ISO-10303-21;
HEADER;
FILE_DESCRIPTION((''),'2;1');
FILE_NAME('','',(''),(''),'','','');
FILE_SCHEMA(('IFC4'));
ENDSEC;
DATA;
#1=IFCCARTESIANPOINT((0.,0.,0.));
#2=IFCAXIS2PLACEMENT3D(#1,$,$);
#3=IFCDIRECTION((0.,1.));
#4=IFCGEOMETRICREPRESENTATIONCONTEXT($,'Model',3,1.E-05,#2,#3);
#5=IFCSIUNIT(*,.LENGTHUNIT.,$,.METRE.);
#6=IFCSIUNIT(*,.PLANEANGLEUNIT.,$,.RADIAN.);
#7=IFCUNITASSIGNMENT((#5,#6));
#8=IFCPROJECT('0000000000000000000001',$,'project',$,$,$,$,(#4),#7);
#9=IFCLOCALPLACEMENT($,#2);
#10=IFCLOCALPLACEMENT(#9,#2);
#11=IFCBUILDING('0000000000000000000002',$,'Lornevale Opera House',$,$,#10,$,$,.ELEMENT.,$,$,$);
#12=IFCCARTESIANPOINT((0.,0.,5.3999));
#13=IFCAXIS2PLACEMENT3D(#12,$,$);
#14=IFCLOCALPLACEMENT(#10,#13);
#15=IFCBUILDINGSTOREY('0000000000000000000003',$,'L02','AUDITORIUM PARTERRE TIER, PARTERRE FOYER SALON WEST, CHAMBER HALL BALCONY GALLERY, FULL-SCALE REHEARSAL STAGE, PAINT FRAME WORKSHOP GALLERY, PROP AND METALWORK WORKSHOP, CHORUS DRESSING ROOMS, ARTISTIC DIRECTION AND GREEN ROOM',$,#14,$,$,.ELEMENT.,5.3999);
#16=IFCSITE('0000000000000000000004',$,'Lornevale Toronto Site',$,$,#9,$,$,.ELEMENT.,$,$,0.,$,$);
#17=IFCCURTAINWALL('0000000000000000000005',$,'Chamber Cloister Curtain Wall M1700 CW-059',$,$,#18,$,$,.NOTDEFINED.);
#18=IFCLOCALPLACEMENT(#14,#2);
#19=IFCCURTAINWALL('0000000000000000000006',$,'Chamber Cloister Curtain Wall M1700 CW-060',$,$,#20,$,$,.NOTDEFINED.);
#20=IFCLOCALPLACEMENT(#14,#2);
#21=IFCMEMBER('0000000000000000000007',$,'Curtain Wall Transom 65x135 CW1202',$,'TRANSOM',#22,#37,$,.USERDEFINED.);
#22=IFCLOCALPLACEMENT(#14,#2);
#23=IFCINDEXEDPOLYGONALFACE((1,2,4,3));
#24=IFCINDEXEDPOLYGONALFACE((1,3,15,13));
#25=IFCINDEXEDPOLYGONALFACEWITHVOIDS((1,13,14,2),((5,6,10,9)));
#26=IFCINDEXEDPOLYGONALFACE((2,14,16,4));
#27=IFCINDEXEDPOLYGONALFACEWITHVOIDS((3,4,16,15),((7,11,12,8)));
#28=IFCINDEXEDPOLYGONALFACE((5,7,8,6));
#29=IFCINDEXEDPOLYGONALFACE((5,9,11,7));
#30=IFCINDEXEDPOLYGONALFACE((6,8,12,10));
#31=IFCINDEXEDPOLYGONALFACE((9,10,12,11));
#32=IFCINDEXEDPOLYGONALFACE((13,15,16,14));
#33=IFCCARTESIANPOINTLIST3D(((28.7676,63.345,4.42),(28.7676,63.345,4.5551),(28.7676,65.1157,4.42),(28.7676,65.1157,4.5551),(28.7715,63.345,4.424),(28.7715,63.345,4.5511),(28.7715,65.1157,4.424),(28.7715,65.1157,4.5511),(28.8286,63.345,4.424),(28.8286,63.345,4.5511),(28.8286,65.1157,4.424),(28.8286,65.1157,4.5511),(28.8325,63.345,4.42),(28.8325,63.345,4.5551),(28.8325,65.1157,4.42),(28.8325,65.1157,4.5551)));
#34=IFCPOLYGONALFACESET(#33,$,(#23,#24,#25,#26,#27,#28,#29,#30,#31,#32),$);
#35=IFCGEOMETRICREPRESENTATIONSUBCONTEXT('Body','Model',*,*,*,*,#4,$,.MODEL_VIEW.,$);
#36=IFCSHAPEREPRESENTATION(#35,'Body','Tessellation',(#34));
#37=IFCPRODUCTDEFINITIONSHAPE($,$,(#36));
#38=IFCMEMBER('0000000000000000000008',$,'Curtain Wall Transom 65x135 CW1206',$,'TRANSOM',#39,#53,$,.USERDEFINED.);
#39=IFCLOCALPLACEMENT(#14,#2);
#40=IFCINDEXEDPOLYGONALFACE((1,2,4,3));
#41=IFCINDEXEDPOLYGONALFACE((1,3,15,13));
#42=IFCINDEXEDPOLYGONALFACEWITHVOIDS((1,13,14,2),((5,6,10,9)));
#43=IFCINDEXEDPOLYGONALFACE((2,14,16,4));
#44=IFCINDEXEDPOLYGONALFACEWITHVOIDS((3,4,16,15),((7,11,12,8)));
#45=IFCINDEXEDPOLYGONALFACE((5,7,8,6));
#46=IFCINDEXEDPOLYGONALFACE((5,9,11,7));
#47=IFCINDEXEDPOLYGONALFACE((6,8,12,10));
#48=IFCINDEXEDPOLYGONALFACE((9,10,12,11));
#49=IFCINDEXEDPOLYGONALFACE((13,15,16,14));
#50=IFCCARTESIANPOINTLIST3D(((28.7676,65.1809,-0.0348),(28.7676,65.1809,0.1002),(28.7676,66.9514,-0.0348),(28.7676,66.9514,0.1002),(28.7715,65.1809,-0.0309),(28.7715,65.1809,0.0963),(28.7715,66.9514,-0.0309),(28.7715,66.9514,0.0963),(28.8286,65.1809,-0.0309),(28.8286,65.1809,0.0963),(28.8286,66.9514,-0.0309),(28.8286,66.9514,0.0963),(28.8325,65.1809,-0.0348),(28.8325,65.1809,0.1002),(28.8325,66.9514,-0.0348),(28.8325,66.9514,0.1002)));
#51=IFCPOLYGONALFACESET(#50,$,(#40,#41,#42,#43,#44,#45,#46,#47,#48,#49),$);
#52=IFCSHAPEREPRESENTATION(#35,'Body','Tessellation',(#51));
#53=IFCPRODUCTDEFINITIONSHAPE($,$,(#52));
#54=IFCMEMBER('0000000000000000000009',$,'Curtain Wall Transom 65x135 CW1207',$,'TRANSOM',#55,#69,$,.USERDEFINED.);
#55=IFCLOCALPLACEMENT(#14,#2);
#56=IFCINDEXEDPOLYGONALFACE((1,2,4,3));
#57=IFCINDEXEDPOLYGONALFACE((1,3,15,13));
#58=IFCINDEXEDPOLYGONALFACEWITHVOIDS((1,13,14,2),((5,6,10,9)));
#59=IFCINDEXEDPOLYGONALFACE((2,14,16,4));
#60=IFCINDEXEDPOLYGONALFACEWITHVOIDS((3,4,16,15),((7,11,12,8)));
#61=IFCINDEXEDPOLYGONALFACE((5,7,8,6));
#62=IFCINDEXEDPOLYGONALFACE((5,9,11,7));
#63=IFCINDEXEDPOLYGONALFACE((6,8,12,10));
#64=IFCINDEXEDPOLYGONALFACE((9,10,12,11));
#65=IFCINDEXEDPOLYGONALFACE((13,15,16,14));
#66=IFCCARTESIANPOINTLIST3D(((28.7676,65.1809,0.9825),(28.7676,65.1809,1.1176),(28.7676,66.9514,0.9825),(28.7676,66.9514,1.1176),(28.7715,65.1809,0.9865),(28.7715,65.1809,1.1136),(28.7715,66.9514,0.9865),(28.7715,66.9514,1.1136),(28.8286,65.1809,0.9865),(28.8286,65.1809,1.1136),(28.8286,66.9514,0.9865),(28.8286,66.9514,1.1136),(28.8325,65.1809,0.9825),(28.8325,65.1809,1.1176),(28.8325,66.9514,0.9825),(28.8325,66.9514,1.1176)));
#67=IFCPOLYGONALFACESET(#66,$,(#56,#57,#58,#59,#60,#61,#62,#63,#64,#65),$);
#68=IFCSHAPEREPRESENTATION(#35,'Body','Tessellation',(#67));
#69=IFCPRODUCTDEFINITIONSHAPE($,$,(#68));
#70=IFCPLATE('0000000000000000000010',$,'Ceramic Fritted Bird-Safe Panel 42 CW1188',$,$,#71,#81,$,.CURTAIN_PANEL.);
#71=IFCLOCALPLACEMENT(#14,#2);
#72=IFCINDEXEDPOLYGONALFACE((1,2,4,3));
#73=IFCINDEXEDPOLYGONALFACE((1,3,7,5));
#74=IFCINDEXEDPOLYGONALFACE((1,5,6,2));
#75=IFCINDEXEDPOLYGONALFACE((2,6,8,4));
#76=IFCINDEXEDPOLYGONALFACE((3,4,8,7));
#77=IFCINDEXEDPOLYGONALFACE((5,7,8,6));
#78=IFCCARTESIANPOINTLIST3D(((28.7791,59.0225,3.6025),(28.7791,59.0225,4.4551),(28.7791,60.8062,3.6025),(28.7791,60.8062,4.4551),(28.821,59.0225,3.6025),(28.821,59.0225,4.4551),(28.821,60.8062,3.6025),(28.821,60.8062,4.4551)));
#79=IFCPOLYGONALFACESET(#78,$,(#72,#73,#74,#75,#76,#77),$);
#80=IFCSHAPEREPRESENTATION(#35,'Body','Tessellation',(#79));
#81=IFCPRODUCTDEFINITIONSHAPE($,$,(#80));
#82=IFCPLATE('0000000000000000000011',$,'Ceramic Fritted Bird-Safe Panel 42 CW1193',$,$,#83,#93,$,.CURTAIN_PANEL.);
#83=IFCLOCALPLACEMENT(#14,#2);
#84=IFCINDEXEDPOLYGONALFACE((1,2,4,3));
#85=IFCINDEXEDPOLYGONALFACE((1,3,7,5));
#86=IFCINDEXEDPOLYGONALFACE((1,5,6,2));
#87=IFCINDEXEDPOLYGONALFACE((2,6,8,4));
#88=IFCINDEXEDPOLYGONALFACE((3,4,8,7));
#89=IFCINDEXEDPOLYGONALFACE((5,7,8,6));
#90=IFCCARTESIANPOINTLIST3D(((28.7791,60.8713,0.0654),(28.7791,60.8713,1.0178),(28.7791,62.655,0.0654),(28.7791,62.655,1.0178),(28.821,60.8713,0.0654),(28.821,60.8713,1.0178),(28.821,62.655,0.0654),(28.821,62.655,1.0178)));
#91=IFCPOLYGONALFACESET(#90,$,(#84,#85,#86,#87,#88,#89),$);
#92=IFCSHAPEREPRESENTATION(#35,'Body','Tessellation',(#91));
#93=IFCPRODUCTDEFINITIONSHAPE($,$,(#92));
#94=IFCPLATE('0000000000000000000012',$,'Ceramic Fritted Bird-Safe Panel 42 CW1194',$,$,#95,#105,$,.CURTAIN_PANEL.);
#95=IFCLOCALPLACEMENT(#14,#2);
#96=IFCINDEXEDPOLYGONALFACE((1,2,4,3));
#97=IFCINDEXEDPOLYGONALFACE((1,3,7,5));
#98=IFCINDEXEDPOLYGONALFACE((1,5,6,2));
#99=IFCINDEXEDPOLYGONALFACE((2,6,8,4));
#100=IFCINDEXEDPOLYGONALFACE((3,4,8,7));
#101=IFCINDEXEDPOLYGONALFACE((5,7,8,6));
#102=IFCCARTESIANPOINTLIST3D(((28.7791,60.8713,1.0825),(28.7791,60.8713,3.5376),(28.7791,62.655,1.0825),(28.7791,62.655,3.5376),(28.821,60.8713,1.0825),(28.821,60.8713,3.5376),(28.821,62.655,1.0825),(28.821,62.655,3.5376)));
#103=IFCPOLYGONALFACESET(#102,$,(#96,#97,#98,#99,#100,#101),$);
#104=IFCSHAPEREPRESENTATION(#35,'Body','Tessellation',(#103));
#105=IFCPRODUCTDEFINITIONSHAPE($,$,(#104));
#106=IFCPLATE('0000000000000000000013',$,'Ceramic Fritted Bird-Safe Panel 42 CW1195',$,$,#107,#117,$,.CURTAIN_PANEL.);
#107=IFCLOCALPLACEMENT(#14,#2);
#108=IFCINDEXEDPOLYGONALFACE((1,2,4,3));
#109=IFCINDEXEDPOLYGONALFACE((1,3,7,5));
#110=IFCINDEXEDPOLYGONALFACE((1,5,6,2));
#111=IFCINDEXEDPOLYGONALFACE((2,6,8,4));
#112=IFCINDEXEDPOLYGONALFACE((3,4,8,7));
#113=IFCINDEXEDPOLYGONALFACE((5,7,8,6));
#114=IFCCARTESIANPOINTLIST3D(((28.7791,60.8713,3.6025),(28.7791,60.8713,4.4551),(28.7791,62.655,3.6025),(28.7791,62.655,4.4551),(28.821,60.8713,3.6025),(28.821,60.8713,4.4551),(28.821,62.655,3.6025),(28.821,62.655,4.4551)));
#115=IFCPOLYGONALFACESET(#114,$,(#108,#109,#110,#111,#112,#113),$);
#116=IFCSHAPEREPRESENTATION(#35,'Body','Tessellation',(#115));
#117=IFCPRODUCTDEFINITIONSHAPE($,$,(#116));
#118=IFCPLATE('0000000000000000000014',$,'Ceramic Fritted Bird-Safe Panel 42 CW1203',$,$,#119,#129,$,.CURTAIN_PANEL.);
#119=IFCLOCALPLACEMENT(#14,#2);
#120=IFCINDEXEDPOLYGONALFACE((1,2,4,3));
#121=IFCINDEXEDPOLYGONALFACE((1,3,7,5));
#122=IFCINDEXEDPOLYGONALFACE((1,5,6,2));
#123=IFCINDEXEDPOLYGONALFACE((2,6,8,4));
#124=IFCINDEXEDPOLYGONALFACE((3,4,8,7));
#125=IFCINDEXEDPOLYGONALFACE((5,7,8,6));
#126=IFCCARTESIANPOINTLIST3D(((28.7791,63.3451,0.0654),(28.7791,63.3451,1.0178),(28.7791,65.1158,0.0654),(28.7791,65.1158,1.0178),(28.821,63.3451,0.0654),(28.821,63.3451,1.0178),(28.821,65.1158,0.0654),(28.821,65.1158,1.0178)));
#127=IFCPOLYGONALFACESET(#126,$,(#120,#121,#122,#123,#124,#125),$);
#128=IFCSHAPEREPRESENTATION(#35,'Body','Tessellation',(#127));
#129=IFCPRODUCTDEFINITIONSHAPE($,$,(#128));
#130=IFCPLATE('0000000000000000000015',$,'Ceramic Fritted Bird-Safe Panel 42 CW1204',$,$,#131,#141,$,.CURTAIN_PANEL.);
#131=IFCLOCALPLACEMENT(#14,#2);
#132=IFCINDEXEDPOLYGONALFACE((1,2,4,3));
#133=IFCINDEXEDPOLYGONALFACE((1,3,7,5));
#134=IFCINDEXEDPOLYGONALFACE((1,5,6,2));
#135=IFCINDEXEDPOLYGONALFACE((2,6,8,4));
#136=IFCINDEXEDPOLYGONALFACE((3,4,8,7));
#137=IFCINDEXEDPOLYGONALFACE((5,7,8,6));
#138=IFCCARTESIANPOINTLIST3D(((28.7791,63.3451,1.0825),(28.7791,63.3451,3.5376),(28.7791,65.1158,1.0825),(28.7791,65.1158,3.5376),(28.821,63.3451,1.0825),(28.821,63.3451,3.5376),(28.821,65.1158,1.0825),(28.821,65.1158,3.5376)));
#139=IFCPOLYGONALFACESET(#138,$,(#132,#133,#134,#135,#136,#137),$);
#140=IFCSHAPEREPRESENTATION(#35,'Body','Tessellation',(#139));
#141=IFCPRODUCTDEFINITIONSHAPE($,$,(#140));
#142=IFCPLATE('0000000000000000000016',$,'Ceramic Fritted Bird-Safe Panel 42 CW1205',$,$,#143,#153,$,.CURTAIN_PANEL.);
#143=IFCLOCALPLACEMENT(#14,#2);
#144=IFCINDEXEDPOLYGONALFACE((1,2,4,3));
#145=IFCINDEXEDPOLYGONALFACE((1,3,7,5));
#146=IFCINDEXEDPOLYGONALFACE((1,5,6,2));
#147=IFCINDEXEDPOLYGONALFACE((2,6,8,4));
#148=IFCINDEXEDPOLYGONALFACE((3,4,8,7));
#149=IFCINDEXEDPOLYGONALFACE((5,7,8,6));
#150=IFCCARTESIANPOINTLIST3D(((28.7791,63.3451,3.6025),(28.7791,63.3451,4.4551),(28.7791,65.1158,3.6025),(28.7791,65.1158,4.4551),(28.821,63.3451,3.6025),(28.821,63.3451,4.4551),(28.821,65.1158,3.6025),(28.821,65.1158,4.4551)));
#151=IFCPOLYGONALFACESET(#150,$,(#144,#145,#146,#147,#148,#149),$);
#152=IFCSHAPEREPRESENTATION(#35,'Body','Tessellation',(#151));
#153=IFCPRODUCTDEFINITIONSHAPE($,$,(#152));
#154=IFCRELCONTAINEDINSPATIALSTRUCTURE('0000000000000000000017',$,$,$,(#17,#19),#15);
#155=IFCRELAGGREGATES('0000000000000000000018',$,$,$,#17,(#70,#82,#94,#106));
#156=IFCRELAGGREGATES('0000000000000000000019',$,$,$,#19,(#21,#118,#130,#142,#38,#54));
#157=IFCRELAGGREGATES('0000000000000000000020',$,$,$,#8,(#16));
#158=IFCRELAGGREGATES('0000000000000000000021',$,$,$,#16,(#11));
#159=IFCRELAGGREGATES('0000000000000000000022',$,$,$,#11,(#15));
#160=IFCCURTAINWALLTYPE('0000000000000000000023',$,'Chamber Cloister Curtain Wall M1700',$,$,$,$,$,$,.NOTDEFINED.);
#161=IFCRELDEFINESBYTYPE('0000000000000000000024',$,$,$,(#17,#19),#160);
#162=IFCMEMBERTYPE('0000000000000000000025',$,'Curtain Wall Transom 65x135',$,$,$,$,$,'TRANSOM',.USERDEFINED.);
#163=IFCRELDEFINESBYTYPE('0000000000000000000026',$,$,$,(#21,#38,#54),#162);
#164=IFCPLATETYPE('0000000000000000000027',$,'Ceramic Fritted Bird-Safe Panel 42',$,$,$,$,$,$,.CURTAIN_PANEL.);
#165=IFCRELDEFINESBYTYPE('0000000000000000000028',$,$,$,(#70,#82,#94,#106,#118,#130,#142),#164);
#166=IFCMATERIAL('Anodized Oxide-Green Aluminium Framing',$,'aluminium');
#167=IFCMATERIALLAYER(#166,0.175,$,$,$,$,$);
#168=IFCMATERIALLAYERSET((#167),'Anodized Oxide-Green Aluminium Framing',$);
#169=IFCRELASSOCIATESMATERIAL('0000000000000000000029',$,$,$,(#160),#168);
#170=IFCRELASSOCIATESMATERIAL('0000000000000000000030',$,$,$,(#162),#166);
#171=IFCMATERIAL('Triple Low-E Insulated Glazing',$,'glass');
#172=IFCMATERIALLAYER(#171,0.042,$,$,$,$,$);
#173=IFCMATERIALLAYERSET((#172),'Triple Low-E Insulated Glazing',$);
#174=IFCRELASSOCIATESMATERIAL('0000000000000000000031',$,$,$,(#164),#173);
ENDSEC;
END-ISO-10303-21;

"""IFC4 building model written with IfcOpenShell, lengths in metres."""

from ifc_helpers import new_model, si_unit, direction, frame, origin, origin_2d, place, context, subcontext, project, spatial, rectangle, hollow_rectangle, extrude, material, layer, layer_set, material_profile, profile_set, type_object, element, aggregate, save


model = new_model("IFC4")

# Units and contexts
model_context = context("Model", 3, precision=1e-05, world=origin(), true_north=direction((0.0, 1.0)))
body_context = subcontext(model_context, "Body", "Model", "MODEL_VIEW")
ifc_project = project(units=[si_unit("LENGTHUNIT", "METRE"), si_unit("PLANEANGLEUNIT", "RADIAN")], contexts=[model_context])

# Site, building, storey
site_placement = place(None, origin())
site = spatial("IfcSite", under=ifc_project, at=site_placement, Name="Lornevale Toronto Site", CompositionType="ELEMENT", RefElevation=0.0)
building_placement = place(site_placement, origin())
building = spatial("IfcBuilding", under=site, at=building_placement, Name="Lornevale Opera House", CompositionType="ELEMENT")
storey_placement = place(building_placement, frame((0.0, 0.0, 5.3999)))
storey = spatial("IfcBuildingStorey", under=building, at=storey_placement, Name="L02", Description="AUDITORIUM PARTERRE TIER, PARTERRE FOYER SALON WEST, CHAMBER HALL BALCONY GALLERY, FULL-SCALE REHEARSAL STAGE, PAINT FRAME WORKSHOP GALLERY, PROP AND METALWORK WORKSHOP, CHORUS DRESSING ROOMS, ARTISTIC DIRECTION AND GREEN ROOM", CompositionType="ELEMENT", Elevation=5.3999)

# Curtain walls
ifc_material_1 = material(Name="Anodized Oxide-Green Aluminium Framing", Category="aluminium")
ifc_layer_1 = layer(ifc_material_1, 0.175)
ifc_layer_set_1 = layer_set([ifc_layer_1], Name="Anodized Oxide-Green Aluminium Framing")
curtain_wall_type = type_object("IfcCurtainWallType", Name="Chamber Cloister Curtain Wall M1700", PredefinedType="NOTDEFINED", material=ifc_layer_set_1)
curtain_wall_1_placement = place(storey_placement, origin())
curtain_wall_1 = element("IfcCurtainWall", 1, at=curtain_wall_1_placement, inside=storey, type_object=curtain_wall_type, Name="Chamber Cloister Curtain Wall M1700 CW-059", PredefinedType="NOTDEFINED")
curtain_wall_2_placement = place(storey_placement, origin())
curtain_wall_2 = element("IfcCurtainWall", 2, at=curtain_wall_2_placement, inside=storey, type_object=curtain_wall_type, Name="Chamber Cloister Curtain Wall M1700 CW-060", PredefinedType="NOTDEFINED")

# Members
ifc_material_profile_1 = material_profile(ifc_material_1, hollow_rectangle(XDim=0.0649, YDim=0.135, WallThickness=0.0039, at=origin_2d()), Name="ALU65x135x4")
ifc_profile_set_1 = profile_set([ifc_material_profile_1], Name="Anodized Oxide-Green Aluminium Framing")
member_type_1 = type_object("IfcMemberType", Name="Curtain Wall Transom 65x135", ElementType="TRANSOM", PredefinedType="USERDEFINED", material=ifc_profile_set_1)
member_1_placement = place(storey_placement, frame((28.8, 63.345, 4.4875), z_axis=(0.0, 1.0, 0.0), x_axis=(-1.0, 0.0, 0.0)))
member_1 = element("IfcMember", 3, at=member_1_placement, type_object=member_type_1, Name="Curtain Wall Transom 65x135 CW1202", ObjectType="TRANSOM", PredefinedType="USERDEFINED", context=body_context, shape_type="SweptSolid", body=[
    extrude(hollow_rectangle(XDim=0.0649, YDim=0.135, WallThickness=0.0039, at=origin_2d()), origin(), (0.0, 0.0, 1.0), 1.7708),
])
member_2_placement = place(storey_placement, frame((28.8, 65.1809, 0.0327), z_axis=(0.0, 1.0, 0.0), x_axis=(-1.0, 0.0, 0.0)))
member_2 = element("IfcMember", 4, at=member_2_placement, type_object=member_type_1, Name="Curtain Wall Transom 65x135 CW1206", ObjectType="TRANSOM", PredefinedType="USERDEFINED", context=body_context, shape_type="SweptSolid", body=[
    extrude(hollow_rectangle(XDim=0.0649, YDim=0.135, WallThickness=0.0039, at=origin_2d()), origin(), (0.0, 0.0, 1.0), 1.7705),
])
member_3_placement = place(storey_placement, frame((28.8, 65.1809, 1.05), z_axis=(0.0, 1.0, 0.0), x_axis=(-1.0, 0.0, 0.0)))
member_3 = element("IfcMember", 5, at=member_3_placement, type_object=member_type_1, Name="Curtain Wall Transom 65x135 CW1207", ObjectType="TRANSOM", PredefinedType="USERDEFINED", context=body_context, shape_type="SweptSolid", body=[
    extrude(hollow_rectangle(XDim=0.0649, YDim=0.135, WallThickness=0.0039, at=origin_2d()), origin(), (0.0, 0.0, 1.0), 1.7705),
])

# Plates
ifc_material_2 = material(Name="Triple Low-E Insulated Glazing", Category="glass")
ifc_layer_2 = layer(ifc_material_2, 0.042)
ifc_layer_set_2 = layer_set([ifc_layer_2], Name="Triple Low-E Insulated Glazing")
plate_type = type_object("IfcPlateType", Name="Ceramic Fritted Bird-Safe Panel 42", PredefinedType="CURTAIN_PANEL", material=ifc_layer_set_2)
plate_1_placement = place(storey_placement, frame((28.8, 59.9143, 3.6025), z_axis=(0.0, 0.0, 1.0), x_axis=(0.0, 1.0, 0.0)))
plate_1 = element("IfcPlate", 6, at=plate_1_placement, type_object=plate_type, Name="Ceramic Fritted Bird-Safe Panel 42 CW1188", PredefinedType="CURTAIN_PANEL", context=body_context, shape_type="SweptSolid", body=[
    extrude(rectangle(XDim=1.7837, YDim=0.042, at=origin_2d()), origin(), (0.0, 0.0, 1.0), 0.8525),
])
plate_2_placement = place(storey_placement, frame((28.8, 61.7632, 0.0654), z_axis=(0.0, 0.0, 1.0), x_axis=(0.0, 1.0, 0.0)))
plate_2 = element("IfcPlate", 7, at=plate_2_placement, type_object=plate_type, Name="Ceramic Fritted Bird-Safe Panel 42 CW1193", PredefinedType="CURTAIN_PANEL", context=body_context, shape_type="SweptSolid", body=[
    extrude(rectangle(XDim=1.7837, YDim=0.042, at=origin_2d()), origin(), (0.0, 0.0, 1.0), 0.9524),
])
plate_3_placement = place(storey_placement, frame((28.8, 61.7632, 1.0825), z_axis=(0.0, 0.0, 1.0), x_axis=(0.0, 1.0, 0.0)))
plate_3 = element("IfcPlate", 8, at=plate_3_placement, type_object=plate_type, Name="Ceramic Fritted Bird-Safe Panel 42 CW1194", PredefinedType="CURTAIN_PANEL", context=body_context, shape_type="SweptSolid", body=[
    extrude(rectangle(XDim=1.7837, YDim=0.042, at=origin_2d()), origin(), (0.0, 0.0, 1.0), 2.4551),
])
plate_4_placement = place(storey_placement, frame((28.8, 61.7632, 3.6025), z_axis=(0.0, 0.0, 1.0), x_axis=(0.0, 1.0, 0.0)))
plate_4 = element("IfcPlate", 9, at=plate_4_placement, type_object=plate_type, Name="Ceramic Fritted Bird-Safe Panel 42 CW1195", PredefinedType="CURTAIN_PANEL", context=body_context, shape_type="SweptSolid", body=[
    extrude(rectangle(XDim=1.7837, YDim=0.042, at=origin_2d()), origin(), (0.0, 0.0, 1.0), 0.8525),
])
aggregate(curtain_wall_1, [plate_1, plate_2, plate_3, plate_4])
plate_5_placement = place(storey_placement, frame((28.8, 64.2305, 0.0654), z_axis=(0.0, 0.0, 1.0), x_axis=(0.0, 1.0, 0.0)))
plate_5 = element("IfcPlate", 10, at=plate_5_placement, type_object=plate_type, Name="Ceramic Fritted Bird-Safe Panel 42 CW1203", PredefinedType="CURTAIN_PANEL", context=body_context, shape_type="SweptSolid", body=[
    extrude(rectangle(XDim=1.7708, YDim=0.042, at=origin_2d()), origin(), (0.0, 0.0, 1.0), 0.9524),
])
plate_6_placement = place(storey_placement, frame((28.8, 64.2305, 1.0825), z_axis=(0.0, 0.0, 1.0), x_axis=(0.0, 1.0, 0.0)))
plate_6 = element("IfcPlate", 11, at=plate_6_placement, type_object=plate_type, Name="Ceramic Fritted Bird-Safe Panel 42 CW1204", PredefinedType="CURTAIN_PANEL", context=body_context, shape_type="SweptSolid", body=[
    extrude(rectangle(XDim=1.7708, YDim=0.042, at=origin_2d()), origin(), (0.0, 0.0, 1.0), 2.4551),
])
plate_7_placement = place(storey_placement, frame((28.8, 64.2305, 3.6025), z_axis=(0.0, 0.0, 1.0), x_axis=(0.0, 1.0, 0.0)))
plate_7 = element("IfcPlate", 12, at=plate_7_placement, type_object=plate_type, Name="Ceramic Fritted Bird-Safe Panel 42 CW1205", PredefinedType="CURTAIN_PANEL", context=body_context, shape_type="SweptSolid", body=[
    extrude(rectangle(XDim=1.7708, YDim=0.042, at=origin_2d()), origin(), (0.0, 0.0, 1.0), 0.8525),
])
aggregate(curtain_wall_2, [member_1, plate_5, plate_6, plate_7, member_2, member_3])

save(model, "model.ifc")
